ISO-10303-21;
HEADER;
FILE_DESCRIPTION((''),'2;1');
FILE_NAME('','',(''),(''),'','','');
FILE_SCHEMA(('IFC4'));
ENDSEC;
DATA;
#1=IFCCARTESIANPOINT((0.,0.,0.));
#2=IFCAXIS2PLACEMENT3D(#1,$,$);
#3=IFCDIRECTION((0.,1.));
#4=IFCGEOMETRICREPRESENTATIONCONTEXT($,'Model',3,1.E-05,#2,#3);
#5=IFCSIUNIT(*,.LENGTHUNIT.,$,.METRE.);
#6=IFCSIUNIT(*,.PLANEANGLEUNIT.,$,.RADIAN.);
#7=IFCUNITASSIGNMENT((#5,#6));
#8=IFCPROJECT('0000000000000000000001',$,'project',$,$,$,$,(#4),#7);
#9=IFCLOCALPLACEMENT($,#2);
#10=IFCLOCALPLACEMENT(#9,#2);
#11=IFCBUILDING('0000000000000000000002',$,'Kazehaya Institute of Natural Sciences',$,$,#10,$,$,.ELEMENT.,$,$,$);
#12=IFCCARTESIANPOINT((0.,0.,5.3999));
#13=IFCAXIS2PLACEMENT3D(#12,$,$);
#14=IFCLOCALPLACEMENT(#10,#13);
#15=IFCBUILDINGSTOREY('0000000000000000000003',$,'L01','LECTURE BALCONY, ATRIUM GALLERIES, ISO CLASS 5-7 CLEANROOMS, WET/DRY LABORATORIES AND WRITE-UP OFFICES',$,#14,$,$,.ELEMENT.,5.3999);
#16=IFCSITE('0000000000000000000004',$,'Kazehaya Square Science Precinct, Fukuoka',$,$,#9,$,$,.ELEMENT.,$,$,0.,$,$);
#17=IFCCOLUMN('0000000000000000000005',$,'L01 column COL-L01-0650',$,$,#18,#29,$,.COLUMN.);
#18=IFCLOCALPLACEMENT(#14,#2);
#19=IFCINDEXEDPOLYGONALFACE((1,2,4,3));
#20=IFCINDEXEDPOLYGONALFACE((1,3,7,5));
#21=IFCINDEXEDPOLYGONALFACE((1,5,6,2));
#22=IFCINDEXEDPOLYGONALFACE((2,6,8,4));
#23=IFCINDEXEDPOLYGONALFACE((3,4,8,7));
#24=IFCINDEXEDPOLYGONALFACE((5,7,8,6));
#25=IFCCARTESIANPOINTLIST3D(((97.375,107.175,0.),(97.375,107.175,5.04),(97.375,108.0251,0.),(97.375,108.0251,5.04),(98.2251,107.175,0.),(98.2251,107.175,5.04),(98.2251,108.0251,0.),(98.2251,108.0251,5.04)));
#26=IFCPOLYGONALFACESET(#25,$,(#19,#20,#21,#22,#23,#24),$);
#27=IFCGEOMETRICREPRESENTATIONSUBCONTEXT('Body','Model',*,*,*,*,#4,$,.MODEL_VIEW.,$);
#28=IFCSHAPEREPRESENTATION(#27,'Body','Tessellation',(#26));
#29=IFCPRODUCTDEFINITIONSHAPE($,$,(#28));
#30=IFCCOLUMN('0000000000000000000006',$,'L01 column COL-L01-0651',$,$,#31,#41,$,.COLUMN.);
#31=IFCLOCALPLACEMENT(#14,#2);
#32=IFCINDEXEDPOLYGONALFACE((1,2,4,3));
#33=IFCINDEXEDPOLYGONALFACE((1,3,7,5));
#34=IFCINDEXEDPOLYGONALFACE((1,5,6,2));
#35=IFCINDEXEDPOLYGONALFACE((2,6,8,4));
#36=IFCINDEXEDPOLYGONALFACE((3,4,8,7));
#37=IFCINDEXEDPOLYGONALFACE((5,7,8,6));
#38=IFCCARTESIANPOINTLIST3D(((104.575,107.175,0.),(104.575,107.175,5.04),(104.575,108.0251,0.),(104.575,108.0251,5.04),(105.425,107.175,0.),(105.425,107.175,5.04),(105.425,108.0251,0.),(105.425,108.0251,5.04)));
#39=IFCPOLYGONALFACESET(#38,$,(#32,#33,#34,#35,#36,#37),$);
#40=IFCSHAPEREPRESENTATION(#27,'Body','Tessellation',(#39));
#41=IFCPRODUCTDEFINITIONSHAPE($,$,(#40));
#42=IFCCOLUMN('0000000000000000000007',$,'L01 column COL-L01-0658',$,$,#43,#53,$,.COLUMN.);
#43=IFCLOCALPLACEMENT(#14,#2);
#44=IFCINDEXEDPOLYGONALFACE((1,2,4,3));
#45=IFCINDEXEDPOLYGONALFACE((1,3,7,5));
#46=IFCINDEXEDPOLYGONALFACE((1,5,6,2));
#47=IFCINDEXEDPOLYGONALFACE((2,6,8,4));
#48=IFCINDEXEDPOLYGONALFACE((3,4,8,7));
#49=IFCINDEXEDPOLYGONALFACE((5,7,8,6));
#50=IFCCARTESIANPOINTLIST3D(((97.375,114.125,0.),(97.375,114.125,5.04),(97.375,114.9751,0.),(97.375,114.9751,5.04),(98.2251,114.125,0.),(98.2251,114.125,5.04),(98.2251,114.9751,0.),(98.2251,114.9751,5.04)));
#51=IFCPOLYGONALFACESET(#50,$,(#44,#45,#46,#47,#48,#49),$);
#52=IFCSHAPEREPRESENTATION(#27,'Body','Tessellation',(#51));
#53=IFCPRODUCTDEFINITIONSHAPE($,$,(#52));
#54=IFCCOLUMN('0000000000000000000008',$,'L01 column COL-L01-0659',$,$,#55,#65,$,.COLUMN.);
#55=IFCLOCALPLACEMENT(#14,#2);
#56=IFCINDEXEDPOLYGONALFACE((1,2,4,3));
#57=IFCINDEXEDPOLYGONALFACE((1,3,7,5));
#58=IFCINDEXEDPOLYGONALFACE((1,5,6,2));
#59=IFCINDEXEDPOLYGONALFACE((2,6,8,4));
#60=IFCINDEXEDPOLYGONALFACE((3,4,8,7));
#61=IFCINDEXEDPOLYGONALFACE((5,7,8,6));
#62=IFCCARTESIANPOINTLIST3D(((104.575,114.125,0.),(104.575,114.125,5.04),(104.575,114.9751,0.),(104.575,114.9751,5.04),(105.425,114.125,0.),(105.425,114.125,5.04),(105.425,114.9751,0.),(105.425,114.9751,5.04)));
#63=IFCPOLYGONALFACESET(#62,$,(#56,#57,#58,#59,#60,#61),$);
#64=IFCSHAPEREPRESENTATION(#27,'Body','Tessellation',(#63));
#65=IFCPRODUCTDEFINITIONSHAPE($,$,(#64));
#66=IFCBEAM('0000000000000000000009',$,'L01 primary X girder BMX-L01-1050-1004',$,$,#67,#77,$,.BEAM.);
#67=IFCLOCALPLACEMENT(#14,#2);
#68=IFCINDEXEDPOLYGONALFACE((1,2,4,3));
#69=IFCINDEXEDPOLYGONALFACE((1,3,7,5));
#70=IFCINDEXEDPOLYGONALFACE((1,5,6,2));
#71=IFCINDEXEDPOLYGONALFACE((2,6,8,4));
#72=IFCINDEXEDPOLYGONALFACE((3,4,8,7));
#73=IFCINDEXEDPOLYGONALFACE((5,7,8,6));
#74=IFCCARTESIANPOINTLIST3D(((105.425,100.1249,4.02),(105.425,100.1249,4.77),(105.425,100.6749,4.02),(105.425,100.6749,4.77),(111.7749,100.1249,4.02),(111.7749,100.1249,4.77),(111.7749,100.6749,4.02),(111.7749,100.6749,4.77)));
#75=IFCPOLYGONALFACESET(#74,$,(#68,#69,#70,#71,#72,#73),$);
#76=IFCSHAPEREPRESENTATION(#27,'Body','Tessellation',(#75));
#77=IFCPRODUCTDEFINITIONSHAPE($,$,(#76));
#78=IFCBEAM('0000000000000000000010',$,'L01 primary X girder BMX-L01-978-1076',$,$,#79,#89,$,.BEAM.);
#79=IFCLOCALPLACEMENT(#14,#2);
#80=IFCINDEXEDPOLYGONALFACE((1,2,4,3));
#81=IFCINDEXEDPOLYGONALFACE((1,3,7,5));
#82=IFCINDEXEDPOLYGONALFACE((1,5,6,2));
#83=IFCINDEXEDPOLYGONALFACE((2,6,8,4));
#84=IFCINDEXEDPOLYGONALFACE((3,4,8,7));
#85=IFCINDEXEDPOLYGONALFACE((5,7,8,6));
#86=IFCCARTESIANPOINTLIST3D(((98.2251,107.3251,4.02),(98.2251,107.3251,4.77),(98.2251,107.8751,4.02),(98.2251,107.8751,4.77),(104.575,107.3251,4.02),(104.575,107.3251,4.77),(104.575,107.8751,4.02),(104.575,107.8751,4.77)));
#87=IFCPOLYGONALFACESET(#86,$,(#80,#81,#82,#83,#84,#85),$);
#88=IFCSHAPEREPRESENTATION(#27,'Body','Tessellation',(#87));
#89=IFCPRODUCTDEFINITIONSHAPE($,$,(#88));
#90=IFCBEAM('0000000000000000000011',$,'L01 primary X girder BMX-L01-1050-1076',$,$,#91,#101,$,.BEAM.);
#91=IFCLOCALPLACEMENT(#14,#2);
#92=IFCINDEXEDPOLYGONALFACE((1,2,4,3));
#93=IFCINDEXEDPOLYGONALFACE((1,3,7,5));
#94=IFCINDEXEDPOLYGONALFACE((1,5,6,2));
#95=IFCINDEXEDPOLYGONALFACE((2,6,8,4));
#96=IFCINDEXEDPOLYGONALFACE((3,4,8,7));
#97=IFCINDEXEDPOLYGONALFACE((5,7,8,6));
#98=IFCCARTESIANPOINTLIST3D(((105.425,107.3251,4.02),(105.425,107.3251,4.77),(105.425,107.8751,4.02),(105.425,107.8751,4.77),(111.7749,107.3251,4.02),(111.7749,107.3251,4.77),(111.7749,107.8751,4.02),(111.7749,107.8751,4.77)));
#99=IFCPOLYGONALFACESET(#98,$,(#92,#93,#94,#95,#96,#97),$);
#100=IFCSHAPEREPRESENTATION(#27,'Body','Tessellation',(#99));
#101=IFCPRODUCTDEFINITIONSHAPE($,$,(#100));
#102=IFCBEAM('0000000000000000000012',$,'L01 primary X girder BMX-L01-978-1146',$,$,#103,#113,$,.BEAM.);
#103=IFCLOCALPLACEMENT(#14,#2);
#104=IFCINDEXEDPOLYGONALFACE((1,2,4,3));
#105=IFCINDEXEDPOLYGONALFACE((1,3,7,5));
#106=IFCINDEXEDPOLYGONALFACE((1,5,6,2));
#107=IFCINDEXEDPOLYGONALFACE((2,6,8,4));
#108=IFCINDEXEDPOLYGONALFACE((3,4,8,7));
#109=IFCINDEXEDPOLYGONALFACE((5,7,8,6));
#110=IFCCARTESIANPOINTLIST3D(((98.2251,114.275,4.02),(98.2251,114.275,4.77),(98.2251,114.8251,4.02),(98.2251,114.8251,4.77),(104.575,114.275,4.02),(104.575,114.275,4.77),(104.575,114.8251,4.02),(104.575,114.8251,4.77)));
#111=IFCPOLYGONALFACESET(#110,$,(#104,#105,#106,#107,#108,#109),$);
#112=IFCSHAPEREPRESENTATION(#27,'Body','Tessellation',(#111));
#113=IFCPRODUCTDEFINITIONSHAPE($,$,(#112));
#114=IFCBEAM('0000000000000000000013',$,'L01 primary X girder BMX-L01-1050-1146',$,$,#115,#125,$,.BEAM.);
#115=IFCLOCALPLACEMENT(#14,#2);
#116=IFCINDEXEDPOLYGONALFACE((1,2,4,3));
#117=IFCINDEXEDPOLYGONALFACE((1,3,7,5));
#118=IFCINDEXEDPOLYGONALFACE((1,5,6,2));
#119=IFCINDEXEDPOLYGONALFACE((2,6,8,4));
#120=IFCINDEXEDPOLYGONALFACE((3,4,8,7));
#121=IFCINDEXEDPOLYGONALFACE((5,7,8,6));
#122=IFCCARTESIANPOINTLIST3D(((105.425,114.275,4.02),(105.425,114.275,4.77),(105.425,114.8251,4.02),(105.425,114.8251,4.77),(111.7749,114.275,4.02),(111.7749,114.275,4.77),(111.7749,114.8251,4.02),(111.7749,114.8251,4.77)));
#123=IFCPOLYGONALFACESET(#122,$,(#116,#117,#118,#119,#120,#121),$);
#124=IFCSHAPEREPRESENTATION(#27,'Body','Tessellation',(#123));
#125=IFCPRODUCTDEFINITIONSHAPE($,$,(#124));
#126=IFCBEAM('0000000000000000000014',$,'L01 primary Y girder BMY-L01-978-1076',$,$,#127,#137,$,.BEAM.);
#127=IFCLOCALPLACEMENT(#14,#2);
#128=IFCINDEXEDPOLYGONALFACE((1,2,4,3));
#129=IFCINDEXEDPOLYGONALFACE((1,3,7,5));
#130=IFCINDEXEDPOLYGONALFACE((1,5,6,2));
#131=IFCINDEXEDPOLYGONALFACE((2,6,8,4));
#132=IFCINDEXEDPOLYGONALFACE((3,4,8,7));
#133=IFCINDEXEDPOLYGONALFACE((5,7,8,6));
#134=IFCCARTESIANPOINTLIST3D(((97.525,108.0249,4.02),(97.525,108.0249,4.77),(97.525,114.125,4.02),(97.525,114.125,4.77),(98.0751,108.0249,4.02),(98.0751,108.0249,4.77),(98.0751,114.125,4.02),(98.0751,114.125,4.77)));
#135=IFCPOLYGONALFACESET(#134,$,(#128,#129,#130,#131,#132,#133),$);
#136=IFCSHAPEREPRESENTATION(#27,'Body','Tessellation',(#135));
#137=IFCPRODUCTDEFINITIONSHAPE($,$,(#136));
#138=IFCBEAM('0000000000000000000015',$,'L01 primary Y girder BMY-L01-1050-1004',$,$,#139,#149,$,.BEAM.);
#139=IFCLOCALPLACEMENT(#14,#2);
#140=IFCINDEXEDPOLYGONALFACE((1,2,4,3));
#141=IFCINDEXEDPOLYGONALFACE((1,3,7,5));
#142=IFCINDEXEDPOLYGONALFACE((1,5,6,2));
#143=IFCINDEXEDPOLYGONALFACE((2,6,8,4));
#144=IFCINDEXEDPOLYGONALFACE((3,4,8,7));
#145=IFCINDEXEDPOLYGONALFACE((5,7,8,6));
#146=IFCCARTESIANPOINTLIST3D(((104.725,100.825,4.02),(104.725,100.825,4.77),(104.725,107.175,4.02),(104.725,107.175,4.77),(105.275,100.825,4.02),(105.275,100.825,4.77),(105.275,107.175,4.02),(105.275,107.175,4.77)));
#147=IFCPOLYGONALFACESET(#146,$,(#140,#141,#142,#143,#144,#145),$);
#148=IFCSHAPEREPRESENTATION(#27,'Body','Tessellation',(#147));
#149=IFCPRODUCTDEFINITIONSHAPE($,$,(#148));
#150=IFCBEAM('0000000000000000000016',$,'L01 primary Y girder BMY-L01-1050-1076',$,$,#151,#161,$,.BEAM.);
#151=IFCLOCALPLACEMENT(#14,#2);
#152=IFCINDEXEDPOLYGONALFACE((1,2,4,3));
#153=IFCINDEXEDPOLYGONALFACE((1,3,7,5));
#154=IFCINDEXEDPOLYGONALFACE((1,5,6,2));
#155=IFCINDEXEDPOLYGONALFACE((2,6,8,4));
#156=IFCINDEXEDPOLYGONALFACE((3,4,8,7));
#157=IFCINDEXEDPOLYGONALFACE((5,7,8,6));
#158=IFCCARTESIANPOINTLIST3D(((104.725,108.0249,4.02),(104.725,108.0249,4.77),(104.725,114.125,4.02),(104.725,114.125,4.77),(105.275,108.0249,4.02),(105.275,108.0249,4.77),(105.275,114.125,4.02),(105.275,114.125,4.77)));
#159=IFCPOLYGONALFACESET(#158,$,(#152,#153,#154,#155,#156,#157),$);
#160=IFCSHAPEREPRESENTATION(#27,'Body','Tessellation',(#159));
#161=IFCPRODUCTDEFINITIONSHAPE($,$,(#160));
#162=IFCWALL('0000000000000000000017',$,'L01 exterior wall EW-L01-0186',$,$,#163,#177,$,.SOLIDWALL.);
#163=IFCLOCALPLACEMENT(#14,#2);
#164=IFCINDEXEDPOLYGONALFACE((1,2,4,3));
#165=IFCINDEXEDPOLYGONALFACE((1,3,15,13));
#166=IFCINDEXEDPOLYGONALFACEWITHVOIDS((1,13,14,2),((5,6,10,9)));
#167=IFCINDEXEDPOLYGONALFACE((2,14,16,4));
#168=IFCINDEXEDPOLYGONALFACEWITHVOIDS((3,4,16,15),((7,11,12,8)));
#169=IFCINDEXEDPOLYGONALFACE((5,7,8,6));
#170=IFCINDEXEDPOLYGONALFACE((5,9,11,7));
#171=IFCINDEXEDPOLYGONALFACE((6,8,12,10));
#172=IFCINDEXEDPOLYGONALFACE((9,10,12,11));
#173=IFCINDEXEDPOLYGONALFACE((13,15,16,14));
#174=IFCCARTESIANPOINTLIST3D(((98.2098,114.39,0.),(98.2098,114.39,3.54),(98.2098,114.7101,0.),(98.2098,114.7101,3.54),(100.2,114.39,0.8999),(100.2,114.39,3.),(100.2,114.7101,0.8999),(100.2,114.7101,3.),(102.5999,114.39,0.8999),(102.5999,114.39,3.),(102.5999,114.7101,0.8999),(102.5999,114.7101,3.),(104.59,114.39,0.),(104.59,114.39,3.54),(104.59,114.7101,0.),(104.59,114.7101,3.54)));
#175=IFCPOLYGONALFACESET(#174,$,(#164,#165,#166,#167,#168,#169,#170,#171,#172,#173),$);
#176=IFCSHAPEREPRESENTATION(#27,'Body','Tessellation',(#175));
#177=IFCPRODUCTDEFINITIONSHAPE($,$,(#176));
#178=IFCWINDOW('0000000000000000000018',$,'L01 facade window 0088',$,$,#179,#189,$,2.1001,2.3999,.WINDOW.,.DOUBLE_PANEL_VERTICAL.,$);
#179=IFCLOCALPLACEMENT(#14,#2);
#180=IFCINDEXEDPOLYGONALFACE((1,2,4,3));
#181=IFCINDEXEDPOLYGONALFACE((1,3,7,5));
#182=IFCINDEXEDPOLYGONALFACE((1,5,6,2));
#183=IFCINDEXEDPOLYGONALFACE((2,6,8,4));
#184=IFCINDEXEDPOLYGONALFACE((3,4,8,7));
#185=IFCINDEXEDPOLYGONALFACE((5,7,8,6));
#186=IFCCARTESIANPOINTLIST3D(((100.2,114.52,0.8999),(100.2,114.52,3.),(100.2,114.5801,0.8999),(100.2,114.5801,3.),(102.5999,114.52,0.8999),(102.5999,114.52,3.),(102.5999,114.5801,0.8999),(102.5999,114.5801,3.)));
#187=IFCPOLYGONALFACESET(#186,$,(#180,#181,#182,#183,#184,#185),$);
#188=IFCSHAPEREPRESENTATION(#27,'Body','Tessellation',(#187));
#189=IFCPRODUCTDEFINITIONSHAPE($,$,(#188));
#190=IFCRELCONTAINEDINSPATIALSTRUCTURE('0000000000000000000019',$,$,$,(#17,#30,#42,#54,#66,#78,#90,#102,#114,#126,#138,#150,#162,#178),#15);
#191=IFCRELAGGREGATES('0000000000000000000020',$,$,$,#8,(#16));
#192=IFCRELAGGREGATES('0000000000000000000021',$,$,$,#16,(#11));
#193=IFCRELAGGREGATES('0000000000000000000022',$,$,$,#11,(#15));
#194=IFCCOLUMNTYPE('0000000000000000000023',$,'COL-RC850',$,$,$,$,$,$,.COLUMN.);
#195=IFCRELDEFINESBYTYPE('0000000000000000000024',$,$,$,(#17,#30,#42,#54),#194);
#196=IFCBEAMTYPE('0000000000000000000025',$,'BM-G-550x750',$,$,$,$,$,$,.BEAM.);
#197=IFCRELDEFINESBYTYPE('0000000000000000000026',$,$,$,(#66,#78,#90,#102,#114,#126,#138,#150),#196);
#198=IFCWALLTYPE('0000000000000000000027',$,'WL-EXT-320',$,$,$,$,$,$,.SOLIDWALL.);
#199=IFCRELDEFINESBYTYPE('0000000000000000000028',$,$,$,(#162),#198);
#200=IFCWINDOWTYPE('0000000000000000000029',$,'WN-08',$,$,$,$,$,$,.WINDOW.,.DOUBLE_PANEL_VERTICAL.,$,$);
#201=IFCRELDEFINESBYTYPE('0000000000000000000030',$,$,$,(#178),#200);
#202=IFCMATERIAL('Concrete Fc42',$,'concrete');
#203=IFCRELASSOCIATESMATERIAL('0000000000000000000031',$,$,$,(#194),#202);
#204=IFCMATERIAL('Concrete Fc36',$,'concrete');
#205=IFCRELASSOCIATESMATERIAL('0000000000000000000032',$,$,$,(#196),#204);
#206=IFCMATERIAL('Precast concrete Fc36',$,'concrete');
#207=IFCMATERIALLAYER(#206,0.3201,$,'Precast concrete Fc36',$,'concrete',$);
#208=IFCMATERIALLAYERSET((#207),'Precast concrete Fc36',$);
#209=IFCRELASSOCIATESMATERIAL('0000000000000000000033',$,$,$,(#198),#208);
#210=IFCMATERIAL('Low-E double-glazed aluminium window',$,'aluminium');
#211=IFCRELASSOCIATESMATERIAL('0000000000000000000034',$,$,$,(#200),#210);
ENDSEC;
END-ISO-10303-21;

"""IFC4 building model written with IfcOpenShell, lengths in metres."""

from ifc_helpers import new_model, si_unit, direction, frame, frame_2d, origin, origin_2d, place, context, subcontext, project, spatial, rectangle, extrude, material, layer, layer_set, material_profile, profile_set, type_object, element, fill, save


model = new_model("IFC4")

# Units and contexts
model_context = context("Model", 3, precision=1e-05, world=origin(), true_north=direction((0.0, 1.0)))
body_context = subcontext(model_context, "Body", "Model", "MODEL_VIEW")
ifc_project = project(units=[si_unit("LENGTHUNIT", "METRE"), si_unit("PLANEANGLEUNIT", "RADIAN")], contexts=[model_context])

# Site, building, storey
site_placement = place(None, origin())
site = spatial("IfcSite", under=ifc_project, at=site_placement, Name="Kazehaya Square Science Precinct, Fukuoka", CompositionType="ELEMENT", RefElevation=0.0)
building_placement = place(site_placement, origin())
building = spatial("IfcBuilding", under=site, at=building_placement, Name="Kazehaya Institute of Natural Sciences", CompositionType="ELEMENT")
storey_placement = place(building_placement, frame((0.0, 0.0, 5.3999)))
storey = spatial("IfcBuildingStorey", under=building, at=storey_placement, Name="L01", Description="LECTURE BALCONY, ATRIUM GALLERIES, ISO CLASS 5-7 CLEANROOMS, WET/DRY LABORATORIES AND WRITE-UP OFFICES", CompositionType="ELEMENT", Elevation=5.3999)

# Columns
ifc_material_1 = material(Name="Concrete Fc42", Category="concrete")
ifc_material_profile_1 = material_profile(ifc_material_1, rectangle(XDim=0.8501, YDim=0.8501, at=origin_2d()), Name="RC-850x850")
ifc_profile_set_1 = profile_set([ifc_material_profile_1], Name="Concrete Fc42")
column_type = type_object("IfcColumnType", Name="COL-RC850", PredefinedType="COLUMN", material=ifc_profile_set_1)
for number, where, z_axis, x_axis, name in (
    (1, (97.8, 107.6001, 0.0), (0.0, 0.0, 1.0), (1.0, 0.0, 0.0), "L01 column COL-L01-0650"),
    (2, (105.0, 107.6001, 0.0), (0.0, 0.0, 1.0), (1.0, 0.0, 0.0), "L01 column COL-L01-0651"),
    (3, (97.8, 114.55, 0.0), (0.0, 0.0, 1.0), (1.0, 0.0, 0.0), "L01 column COL-L01-0658"),
    (4, (105.0, 114.55, 0.0), (0.0, 0.0, 1.0), (1.0, 0.0, 0.0), "L01 column COL-L01-0659"),
):
    element("IfcColumn", number, at=place(storey_placement, frame(where, z_axis=z_axis, x_axis=x_axis)), inside=storey, type_object=column_type, Name=name, PredefinedType="COLUMN", context=body_context, shape_type="SweptSolid", body=[
        extrude(rectangle(XDim=0.8501, YDim=0.8501, at=origin_2d()), origin(), (0.0, 0.0, 1.0), 5.04),
    ])

# Beams
ifc_material_2 = material(Name="Concrete Fc36", Category="concrete")
ifc_material_profile_2 = material_profile(ifc_material_2, rectangle(XDim=0.55, YDim=0.75, at=origin_2d()), Name="RC-550x750")
ifc_profile_set_2 = profile_set([ifc_material_profile_2], Name="Concrete Fc36")
beam_type = type_object("IfcBeamType", Name="BM-G-550x750", PredefinedType="BEAM", material=ifc_profile_set_2)
for number, where, z_axis, x_axis, name in (
    (5, (105.425, 100.3999, 4.395), (1.0, 0.0, 0.0), (0.0, 1.0, 0.0), "L01 primary X girder BMX-L01-1050-1004"),
    (6, (98.2251, 107.6001, 4.395), (1.0, 0.0, 0.0), (0.0, 1.0, 0.0), "L01 primary X girder BMX-L01-978-1076"),
    (7, (105.425, 107.6001, 4.395), (1.0, 0.0, 0.0), (0.0, 1.0, 0.0), "L01 primary X girder BMX-L01-1050-1076"),
    (8, (98.2251, 114.55, 4.395), (1.0, 0.0, 0.0), (0.0, 1.0, 0.0), "L01 primary X girder BMX-L01-978-1146"),
    (9, (105.425, 114.55, 4.395), (1.0, 0.0, 0.0), (0.0, 1.0, 0.0), "L01 primary X girder BMX-L01-1050-1146"),
):
    element("IfcBeam", number, at=place(storey_placement, frame(where, z_axis=z_axis, x_axis=x_axis)), inside=storey, type_object=beam_type, Name=name, PredefinedType="BEAM", context=body_context, shape_type="SweptSolid", body=[
        extrude(rectangle(XDim=0.55, YDim=0.75, at=origin_2d()), origin(), (0.0, 0.0, 1.0), 6.3499),
    ])
beam_1_placement = place(storey_placement, frame((97.8, 108.0249, 4.395), z_axis=(0.0, 1.0, 0.0), x_axis=(-1.0, 0.0, 0.0)))
element("IfcBeam", 10, at=beam_1_placement, inside=storey, type_object=beam_type, Name="L01 primary Y girder BMY-L01-978-1076", PredefinedType="BEAM", context=body_context, shape_type="SweptSolid", body=[
    extrude(rectangle(XDim=0.55, YDim=0.75, at=origin_2d()), origin(), (0.0, 0.0, 1.0), 6.1001),
])
beam_2_placement = place(storey_placement, frame((105.0, 100.825, 4.395), z_axis=(0.0, 1.0, 0.0), x_axis=(-1.0, 0.0, 0.0)))
element("IfcBeam", 11, at=beam_2_placement, inside=storey, type_object=beam_type, Name="L01 primary Y girder BMY-L01-1050-1004", PredefinedType="BEAM", context=body_context, shape_type="SweptSolid", body=[
    extrude(rectangle(XDim=0.55, YDim=0.75, at=origin_2d()), origin(), (0.0, 0.0, 1.0), 6.3501),
])
beam_3_placement = place(storey_placement, frame((105.0, 108.0249, 4.395), z_axis=(0.0, 1.0, 0.0), x_axis=(-1.0, 0.0, 0.0)))
element("IfcBeam", 12, at=beam_3_placement, inside=storey, type_object=beam_type, Name="L01 primary Y girder BMY-L01-1050-1076", PredefinedType="BEAM", context=body_context, shape_type="SweptSolid", body=[
    extrude(rectangle(XDim=0.55, YDim=0.75, at=origin_2d()), origin(), (0.0, 0.0, 1.0), 6.1001),
])

# Wall, opening, window
ifc_material_3 = material(Name="Precast concrete Fc36", Category="concrete")
ifc_layer_1 = layer(ifc_material_3, 0.3201, Name="Precast concrete Fc36", Category="concrete")
ifc_layer_set_1 = layer_set([ifc_layer_1], Name="Precast concrete Fc36")
wall_type = type_object("IfcWallType", Name="WL-EXT-320", PredefinedType="SOLIDWALL", material=ifc_layer_set_1)
wall_1_placement = place(storey_placement, frame((98.21, 114.55, 0.0), z_axis=(0.0, 0.0, 1.0), x_axis=(1.0, 0.0, 0.0)))
wall_1 = element("IfcWall", 13, at=wall_1_placement, inside=storey, type_object=wall_type, Name="L01 exterior wall EW-L01-0186", PredefinedType="SOLIDWALL", context=body_context, shape_type="SweptSolid", body=[
    extrude(rectangle(XDim=6.3801, YDim=0.3201, at=frame_2d((3.1899, 0.0))), origin(), (0.0, 0.0, 1.0), 3.54),
])
opening_1_placement = place(wall_1_placement, frame((1.99, 0.0, 0.8999)))
opening_1 = element("IfcOpeningElement", 14, at=opening_1_placement, cuts=wall_1, PredefinedType="OPENING", context=body_context, shape_type="SweptSolid", body=[
    extrude(rectangle(XDim=2.3999, YDim=2.1001, at=frame_2d((1.2, 1.05))), frame((0.0, 0.1699, 0.0), z_axis=(0.0, -1.0, 0.0), x_axis=(1.0, 0.0, 0.0)), (0.0, 0.0, 1.0), 0.3401),
])
ifc_material_4 = material(Name="Low-E double-glazed aluminium window", Category="aluminium")
window_type_1 = type_object("IfcWindowType", Name="WN-08", PartitioningType="DOUBLE_PANEL_VERTICAL", PredefinedType="WINDOW", material=ifc_material_4)
window_1_placement = place(opening_1_placement, origin())
window_1 = element("IfcWindow", 15, at=window_1_placement, inside=storey, type_object=window_type_1, Name="L01 facade window 0088", OverallHeight=2.1001, OverallWidth=2.3999, PartitioningType="DOUBLE_PANEL_VERTICAL", PredefinedType="WINDOW", context=body_context, shape_type="SweptSolid", body=[
    extrude(rectangle(XDim=2.3999, YDim=2.1001, at=frame_2d((1.2, 1.05))), frame((0.0, 0.03, 0.0), z_axis=(0.0, -1.0, 0.0), x_axis=(1.0, 0.0, 0.0)), (0.0, 0.0, 1.0), 0.0601),
])
fill(opening_1, window_1)

save(model, "model.ifc")
